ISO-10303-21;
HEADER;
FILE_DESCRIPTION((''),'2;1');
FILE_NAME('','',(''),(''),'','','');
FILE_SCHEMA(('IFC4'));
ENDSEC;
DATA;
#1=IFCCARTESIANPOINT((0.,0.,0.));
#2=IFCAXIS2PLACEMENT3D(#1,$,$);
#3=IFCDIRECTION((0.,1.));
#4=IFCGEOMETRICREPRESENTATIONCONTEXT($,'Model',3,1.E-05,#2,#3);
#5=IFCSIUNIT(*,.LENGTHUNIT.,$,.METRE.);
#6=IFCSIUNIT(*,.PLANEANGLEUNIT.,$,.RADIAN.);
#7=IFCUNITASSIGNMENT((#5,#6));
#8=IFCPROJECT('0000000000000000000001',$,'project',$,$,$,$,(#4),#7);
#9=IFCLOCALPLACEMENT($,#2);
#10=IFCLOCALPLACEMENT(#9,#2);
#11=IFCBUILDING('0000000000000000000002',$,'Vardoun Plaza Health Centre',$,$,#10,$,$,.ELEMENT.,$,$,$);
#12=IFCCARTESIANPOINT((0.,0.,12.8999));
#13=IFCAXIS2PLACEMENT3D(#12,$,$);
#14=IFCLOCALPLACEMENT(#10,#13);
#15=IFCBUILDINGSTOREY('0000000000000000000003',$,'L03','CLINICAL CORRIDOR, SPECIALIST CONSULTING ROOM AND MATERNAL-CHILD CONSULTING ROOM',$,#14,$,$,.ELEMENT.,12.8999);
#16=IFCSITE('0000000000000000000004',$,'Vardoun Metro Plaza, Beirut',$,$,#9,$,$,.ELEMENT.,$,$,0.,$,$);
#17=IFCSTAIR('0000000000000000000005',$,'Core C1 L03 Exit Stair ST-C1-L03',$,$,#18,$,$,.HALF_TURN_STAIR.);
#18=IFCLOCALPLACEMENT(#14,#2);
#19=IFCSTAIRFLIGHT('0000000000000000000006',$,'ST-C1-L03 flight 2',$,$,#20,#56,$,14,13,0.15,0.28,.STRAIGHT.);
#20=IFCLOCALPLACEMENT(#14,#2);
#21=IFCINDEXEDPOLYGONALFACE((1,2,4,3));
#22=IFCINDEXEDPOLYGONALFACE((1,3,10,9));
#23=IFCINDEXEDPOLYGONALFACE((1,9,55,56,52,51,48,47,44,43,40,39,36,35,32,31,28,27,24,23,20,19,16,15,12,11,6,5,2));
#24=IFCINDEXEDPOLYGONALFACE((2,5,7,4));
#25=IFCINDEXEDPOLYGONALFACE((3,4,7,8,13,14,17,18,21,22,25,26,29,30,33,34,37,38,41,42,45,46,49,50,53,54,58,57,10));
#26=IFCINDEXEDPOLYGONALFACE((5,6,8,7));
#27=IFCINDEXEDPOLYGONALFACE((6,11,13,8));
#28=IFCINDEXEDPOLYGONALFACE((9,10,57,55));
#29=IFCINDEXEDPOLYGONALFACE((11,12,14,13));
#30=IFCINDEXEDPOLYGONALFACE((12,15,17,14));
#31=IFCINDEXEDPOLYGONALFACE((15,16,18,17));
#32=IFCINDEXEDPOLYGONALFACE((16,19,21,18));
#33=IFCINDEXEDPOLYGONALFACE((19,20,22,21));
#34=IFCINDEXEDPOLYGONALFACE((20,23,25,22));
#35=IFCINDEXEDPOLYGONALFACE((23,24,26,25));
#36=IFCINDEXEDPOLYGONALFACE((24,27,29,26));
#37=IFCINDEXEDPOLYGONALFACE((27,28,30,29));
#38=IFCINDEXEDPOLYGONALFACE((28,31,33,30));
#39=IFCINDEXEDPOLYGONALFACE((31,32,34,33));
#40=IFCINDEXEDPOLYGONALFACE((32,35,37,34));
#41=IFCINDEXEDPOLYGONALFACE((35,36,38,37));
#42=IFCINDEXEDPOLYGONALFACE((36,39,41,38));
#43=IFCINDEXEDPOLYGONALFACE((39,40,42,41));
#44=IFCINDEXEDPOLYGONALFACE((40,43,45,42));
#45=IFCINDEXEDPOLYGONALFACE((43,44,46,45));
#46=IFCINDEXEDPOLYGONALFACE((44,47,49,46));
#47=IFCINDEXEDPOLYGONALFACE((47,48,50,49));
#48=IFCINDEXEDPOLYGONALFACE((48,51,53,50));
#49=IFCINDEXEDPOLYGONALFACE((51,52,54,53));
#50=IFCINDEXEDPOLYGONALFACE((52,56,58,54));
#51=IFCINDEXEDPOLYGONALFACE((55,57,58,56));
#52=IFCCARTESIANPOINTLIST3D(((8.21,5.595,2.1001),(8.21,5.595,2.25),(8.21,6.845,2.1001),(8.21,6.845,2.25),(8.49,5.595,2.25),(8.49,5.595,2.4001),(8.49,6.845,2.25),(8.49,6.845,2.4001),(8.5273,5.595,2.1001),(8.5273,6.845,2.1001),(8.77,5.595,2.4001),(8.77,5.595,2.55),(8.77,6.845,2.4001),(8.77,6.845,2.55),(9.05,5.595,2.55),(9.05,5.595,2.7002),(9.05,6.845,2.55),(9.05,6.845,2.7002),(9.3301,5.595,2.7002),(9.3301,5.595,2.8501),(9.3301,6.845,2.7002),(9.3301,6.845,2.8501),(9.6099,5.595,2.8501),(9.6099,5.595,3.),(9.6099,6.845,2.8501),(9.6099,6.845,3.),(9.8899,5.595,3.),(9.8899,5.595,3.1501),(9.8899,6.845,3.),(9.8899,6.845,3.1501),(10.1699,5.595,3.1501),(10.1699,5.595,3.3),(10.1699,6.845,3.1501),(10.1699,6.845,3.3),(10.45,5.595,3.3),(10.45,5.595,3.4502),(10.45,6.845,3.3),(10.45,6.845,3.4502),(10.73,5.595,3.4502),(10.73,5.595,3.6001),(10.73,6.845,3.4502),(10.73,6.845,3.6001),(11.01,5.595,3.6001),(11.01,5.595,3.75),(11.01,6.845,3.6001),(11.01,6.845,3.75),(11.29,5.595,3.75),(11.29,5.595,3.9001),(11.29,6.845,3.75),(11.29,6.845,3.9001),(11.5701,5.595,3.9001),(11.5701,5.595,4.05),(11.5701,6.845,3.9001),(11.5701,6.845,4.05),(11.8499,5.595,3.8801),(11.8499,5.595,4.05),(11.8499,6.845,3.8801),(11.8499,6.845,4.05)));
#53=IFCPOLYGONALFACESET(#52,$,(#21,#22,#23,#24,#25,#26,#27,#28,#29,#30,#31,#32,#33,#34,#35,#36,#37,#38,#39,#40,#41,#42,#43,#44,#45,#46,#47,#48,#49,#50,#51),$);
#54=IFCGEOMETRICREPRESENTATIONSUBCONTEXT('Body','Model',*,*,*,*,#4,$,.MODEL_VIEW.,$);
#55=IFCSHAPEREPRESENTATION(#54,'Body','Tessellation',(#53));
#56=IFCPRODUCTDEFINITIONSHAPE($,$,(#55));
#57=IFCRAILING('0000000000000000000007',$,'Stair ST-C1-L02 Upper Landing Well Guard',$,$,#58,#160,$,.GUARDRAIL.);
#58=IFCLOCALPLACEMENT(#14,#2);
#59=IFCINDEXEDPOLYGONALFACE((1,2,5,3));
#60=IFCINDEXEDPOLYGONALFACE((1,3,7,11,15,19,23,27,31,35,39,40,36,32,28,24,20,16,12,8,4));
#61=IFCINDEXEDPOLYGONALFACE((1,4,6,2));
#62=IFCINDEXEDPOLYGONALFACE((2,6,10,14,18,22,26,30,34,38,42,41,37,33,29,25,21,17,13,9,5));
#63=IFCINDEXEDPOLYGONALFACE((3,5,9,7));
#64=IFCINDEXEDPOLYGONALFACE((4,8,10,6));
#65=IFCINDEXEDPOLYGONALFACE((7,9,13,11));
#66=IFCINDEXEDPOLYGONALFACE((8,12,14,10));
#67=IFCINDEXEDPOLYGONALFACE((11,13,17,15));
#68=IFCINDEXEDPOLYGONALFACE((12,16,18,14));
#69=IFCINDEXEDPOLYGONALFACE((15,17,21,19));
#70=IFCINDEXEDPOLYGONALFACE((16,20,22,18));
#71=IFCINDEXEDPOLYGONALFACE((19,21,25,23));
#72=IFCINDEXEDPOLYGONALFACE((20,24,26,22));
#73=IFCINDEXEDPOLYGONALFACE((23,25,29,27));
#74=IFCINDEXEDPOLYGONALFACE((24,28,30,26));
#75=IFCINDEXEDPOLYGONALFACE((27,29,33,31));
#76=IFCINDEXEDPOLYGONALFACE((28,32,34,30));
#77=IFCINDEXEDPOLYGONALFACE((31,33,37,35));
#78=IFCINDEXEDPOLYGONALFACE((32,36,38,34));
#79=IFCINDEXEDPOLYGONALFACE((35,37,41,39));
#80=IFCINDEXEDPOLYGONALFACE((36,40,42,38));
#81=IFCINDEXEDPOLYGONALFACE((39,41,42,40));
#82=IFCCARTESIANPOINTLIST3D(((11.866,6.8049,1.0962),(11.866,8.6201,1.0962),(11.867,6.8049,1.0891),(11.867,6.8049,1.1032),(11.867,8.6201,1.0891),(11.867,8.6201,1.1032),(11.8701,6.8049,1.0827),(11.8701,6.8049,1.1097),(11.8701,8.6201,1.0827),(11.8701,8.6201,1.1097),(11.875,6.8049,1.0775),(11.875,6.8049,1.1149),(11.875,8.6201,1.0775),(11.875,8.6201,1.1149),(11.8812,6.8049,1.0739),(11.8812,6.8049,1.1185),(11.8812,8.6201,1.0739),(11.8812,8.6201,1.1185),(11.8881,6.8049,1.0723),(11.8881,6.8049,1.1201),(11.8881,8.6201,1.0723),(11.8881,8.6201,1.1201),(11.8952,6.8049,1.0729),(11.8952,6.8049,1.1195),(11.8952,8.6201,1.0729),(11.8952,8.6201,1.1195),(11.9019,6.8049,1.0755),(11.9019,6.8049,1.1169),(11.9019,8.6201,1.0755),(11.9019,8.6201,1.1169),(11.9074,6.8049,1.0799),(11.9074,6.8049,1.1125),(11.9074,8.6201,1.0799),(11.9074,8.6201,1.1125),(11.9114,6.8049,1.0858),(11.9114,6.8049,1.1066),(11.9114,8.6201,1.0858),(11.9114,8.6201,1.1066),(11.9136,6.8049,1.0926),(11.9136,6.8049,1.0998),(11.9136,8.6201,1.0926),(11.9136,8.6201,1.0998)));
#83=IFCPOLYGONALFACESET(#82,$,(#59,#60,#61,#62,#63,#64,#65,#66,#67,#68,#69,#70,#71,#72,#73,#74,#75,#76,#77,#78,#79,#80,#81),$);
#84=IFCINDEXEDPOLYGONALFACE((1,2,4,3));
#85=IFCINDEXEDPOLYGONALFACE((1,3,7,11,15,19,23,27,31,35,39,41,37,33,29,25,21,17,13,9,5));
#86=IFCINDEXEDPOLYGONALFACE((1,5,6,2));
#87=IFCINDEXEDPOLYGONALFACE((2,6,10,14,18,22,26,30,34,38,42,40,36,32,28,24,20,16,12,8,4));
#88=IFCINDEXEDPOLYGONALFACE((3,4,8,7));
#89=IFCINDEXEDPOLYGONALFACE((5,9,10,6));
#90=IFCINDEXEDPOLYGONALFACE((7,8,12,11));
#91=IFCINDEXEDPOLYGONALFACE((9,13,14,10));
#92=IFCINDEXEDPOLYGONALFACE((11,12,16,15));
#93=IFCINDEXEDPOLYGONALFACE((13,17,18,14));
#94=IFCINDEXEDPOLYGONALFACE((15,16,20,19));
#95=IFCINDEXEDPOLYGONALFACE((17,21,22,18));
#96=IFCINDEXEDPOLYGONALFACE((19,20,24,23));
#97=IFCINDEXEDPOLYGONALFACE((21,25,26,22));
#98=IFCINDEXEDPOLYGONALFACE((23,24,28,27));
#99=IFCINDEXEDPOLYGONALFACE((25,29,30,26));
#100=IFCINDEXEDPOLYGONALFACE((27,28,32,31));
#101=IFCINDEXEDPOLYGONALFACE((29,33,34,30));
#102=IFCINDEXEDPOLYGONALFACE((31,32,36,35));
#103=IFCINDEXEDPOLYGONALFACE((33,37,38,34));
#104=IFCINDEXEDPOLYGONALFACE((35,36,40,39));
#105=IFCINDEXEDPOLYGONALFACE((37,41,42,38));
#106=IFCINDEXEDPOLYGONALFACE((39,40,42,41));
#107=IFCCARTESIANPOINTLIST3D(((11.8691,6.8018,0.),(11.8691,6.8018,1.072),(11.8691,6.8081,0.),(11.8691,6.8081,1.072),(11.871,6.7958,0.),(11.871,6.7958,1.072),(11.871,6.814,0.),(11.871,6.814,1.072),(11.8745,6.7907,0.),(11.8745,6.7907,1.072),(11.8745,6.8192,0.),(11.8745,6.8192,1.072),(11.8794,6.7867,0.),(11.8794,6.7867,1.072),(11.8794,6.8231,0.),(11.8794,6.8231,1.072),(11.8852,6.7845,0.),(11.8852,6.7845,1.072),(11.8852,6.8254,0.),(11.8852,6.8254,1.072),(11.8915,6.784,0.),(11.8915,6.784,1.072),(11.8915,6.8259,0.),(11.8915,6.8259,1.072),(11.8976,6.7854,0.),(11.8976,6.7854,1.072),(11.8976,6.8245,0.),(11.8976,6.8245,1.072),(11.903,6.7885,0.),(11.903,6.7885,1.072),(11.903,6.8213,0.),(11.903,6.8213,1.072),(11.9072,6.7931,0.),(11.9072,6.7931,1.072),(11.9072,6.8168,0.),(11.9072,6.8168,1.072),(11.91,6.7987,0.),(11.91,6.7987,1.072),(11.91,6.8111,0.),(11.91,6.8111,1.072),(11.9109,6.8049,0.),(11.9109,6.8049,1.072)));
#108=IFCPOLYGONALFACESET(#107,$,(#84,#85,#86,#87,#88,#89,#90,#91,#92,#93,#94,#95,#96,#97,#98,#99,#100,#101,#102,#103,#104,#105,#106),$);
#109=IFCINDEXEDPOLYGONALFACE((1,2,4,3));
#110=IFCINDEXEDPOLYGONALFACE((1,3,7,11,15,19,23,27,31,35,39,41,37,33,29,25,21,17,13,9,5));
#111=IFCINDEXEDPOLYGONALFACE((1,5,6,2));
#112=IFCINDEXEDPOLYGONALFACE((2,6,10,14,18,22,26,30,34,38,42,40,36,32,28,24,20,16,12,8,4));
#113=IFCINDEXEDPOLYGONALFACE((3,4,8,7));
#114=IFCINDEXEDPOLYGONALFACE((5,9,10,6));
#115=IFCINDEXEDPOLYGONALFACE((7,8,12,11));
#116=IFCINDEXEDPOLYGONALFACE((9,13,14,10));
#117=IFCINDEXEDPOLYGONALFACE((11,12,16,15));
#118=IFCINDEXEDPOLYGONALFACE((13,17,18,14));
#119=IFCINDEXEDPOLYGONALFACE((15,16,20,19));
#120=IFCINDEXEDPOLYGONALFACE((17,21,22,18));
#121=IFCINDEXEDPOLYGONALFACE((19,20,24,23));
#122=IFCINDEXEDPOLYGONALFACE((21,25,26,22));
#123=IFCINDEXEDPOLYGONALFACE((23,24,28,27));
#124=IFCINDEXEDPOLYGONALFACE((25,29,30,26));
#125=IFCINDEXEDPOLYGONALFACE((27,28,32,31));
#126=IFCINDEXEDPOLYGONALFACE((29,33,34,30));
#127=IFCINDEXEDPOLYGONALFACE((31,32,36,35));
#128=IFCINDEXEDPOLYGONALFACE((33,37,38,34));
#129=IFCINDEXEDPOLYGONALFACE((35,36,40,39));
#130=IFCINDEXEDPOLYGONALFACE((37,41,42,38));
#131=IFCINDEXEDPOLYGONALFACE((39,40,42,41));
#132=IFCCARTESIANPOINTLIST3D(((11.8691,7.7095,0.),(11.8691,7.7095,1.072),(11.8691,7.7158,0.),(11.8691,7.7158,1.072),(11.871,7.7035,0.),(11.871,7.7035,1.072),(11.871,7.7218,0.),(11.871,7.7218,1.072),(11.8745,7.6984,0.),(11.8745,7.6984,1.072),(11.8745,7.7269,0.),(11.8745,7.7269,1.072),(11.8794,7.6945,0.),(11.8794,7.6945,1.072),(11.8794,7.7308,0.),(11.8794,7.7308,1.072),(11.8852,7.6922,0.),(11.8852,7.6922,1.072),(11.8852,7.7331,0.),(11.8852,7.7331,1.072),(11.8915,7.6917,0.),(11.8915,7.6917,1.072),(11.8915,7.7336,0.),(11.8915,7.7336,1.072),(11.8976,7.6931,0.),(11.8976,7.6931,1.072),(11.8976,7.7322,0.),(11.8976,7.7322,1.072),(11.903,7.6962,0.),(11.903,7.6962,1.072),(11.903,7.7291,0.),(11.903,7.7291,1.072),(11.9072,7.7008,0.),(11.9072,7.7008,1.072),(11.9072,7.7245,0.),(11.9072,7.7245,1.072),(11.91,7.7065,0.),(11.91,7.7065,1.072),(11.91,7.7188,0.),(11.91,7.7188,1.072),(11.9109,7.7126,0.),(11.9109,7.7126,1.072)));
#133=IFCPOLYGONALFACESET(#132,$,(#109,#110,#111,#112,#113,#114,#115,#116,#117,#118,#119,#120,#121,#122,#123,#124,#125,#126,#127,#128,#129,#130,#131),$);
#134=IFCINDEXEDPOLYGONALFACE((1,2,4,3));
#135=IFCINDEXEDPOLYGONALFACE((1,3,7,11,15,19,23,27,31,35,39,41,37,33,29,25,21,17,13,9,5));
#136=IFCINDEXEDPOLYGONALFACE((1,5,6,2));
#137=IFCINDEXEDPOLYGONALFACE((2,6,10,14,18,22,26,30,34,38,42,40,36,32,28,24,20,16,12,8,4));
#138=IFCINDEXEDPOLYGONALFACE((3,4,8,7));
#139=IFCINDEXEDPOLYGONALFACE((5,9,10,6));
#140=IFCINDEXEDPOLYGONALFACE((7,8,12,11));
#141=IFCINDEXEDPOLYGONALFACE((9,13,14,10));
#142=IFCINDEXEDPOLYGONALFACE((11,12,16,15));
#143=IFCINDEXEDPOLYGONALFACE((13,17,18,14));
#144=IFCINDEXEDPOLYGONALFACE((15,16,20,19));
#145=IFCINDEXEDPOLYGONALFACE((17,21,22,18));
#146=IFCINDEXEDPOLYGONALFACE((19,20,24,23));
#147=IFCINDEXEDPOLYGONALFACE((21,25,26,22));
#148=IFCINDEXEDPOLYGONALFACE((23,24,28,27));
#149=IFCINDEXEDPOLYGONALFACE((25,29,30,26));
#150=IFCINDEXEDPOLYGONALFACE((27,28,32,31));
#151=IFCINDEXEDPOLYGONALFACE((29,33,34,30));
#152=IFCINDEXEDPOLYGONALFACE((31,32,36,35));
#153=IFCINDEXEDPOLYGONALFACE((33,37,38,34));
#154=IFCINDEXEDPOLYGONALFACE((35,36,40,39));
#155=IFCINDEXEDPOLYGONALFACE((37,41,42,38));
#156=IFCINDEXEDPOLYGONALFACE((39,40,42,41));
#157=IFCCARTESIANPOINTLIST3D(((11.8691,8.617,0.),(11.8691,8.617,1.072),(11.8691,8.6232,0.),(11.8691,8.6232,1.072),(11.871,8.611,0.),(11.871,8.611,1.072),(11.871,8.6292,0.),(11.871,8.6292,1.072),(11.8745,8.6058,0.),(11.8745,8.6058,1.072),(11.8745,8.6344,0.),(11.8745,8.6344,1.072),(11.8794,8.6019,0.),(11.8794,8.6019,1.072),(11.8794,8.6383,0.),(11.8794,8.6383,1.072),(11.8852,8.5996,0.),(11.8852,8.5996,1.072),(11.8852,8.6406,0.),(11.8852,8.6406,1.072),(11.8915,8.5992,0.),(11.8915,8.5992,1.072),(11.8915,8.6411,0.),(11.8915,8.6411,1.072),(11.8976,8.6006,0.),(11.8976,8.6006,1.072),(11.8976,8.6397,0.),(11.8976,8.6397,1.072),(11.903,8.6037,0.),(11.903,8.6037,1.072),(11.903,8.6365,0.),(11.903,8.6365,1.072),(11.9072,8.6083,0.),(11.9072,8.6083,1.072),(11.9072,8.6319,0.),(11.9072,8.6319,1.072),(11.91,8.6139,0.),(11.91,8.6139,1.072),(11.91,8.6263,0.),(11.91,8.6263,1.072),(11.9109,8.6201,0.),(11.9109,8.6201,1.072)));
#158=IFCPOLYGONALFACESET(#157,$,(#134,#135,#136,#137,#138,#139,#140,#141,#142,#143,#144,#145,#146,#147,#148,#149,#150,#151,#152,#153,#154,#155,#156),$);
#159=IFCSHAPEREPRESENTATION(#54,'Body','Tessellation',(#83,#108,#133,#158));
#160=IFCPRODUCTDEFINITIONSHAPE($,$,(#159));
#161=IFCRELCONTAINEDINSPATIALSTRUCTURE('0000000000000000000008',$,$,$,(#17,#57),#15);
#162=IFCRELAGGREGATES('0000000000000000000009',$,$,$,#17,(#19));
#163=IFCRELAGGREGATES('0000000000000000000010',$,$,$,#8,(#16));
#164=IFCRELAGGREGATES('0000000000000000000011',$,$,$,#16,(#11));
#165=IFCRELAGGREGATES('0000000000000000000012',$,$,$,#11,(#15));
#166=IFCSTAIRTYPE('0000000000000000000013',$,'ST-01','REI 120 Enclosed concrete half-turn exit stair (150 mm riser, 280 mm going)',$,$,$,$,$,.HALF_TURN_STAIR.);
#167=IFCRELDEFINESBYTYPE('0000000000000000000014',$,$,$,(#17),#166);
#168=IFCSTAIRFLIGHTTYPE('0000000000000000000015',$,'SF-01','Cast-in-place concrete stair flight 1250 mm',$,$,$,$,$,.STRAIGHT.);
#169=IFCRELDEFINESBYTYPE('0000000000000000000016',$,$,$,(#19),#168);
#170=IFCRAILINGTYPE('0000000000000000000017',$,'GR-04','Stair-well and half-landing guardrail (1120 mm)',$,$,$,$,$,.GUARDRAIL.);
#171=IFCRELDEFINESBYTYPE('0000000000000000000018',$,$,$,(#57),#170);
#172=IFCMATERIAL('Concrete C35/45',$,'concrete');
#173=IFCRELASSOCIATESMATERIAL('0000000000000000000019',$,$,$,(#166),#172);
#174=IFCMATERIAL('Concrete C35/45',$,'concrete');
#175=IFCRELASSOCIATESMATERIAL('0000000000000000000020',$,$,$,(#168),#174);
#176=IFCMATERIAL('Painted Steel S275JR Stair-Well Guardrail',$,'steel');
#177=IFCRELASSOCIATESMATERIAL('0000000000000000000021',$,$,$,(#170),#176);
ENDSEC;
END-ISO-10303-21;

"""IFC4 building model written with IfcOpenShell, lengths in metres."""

from ifc_helpers import new_model, si_unit, direction, frame, origin, origin_2d, place, context, subcontext, project, spatial, polyline, circle, outline, extrude, material, type_object, element, aggregate, save


model = new_model("IFC4")

# Units and contexts
model_context = context("Model", 3, precision=1e-05, world=origin(), true_north=direction((0.0, 1.0)))
body_context = subcontext(model_context, "Body", "Model", "MODEL_VIEW")
ifc_project = project(units=[si_unit("LENGTHUNIT", "METRE"), si_unit("PLANEANGLEUNIT", "RADIAN")], contexts=[model_context])

# Site, building, storey
site_placement = place(None, origin())
site = spatial("IfcSite", under=ifc_project, at=site_placement, Name="Vardoun Metro Plaza, Beirut", CompositionType="ELEMENT", RefElevation=0.0)
building_placement = place(site_placement, origin())
building = spatial("IfcBuilding", under=site, at=building_placement, Name="Vardoun Plaza Health Centre", CompositionType="ELEMENT")
storey_placement = place(building_placement, frame((0.0, 0.0, 12.8999)))
storey = spatial("IfcBuildingStorey", under=building, at=storey_placement, Name="L03", Description="CLINICAL CORRIDOR, SPECIALIST CONSULTING ROOM AND MATERNAL-CHILD CONSULTING ROOM", CompositionType="ELEMENT", Elevation=12.8999)

# Stair, stair flight
ifc_material_1 = material(Name="Concrete C35/45", Category="concrete")
stair_type = type_object("IfcStairType", Name="ST-01", Description="REI 120 Enclosed concrete half-turn exit stair (150 mm riser, 280 mm going)", PredefinedType="HALF_TURN_STAIR", material=ifc_material_1)
stair_placement = place(storey_placement, origin())
stair = element("IfcStair", 1, at=stair_placement, inside=storey, type_object=stair_type, Name="Core C1 L03 Exit Stair ST-C1-L03", PredefinedType="HALF_TURN_STAIR")
ifc_material_2 = material(Name="Concrete C35/45", Category="concrete")
stair_flight_type = type_object("IfcStairFlightType", Name="SF-01", Description="Cast-in-place concrete stair flight 1250 mm", PredefinedType="STRAIGHT", material=ifc_material_2)
stair_flight_1_placement = place(storey_placement, frame((8.21, 6.22, 2.1001), z_axis=(0.0, 0.0, 1.0), x_axis=(1.0, 0.0, 0.0)))
stair_flight_1 = element("IfcStairFlight", 2, at=stair_flight_1_placement, type_object=stair_flight_type, Name="ST-C1-L03 flight 2", NumberOfRisers=14, NumberOfTreads=13, PredefinedType="STRAIGHT", RiserHeight=0.15, TreadLength=0.28, context=body_context, shape_type="SweptSolid", body=[
    extrude(outline(polyline([(0.0, 0.0), (0.0, 0.1499), (0.28, 0.1499), (0.28, 0.3), (0.5601, 0.3), (0.5601, 0.45), (0.8401, 0.45), (0.8401, 0.6001), (1.1201, 0.6001), (1.1201, 0.75), (1.3999, 0.75), (1.3999, 0.8999), (1.6799, 0.8999), (1.6799, 1.05), (1.96, 1.05), (1.96, 1.2), (2.24, 1.2), (2.24, 1.3501), (2.52, 1.3501), (2.52, 1.5), (2.8, 1.5), (2.8, 1.6499), (3.0801, 1.6499), (3.0801, 1.8), (3.3601, 1.8), (3.3601, 1.95), (3.6399, 1.95), (3.6399, 2.1001), (3.6399, 1.78), (0.3174, 0.0), (0.0, 0.0)])), frame((0.0, 0.625, 0.0), z_axis=(0.0, -1.0, 0.0), x_axis=(1.0, 0.0, 0.0)), (0.0, 0.0, 1.0), 1.25),
])
aggregate(stair, [stair_flight_1])

# Railing
ifc_material_3 = material(Name="Painted Steel S275JR Stair-Well Guardrail", Category="steel")
railing_type_1 = type_object("IfcRailingType", Name="GR-04", Description="Stair-well and half-landing guardrail (1120 mm)", PredefinedType="GUARDRAIL", material=ifc_material_3)
railing_1_placement = place(storey_placement, frame((11.8899, 6.8049, 0.0)))
element("IfcRailing", 3, at=railing_1_placement, inside=storey, type_object=railing_type_1, Name="Stair ST-C1-L02 Upper Landing Well Guard", PredefinedType="GUARDRAIL", context=body_context, shape_type="SweptSolid", body=[
    extrude(circle(Radius=0.0239, at=origin_2d()), frame((0.0, 0.0, 1.0962), z_axis=(0.0, 1.0, 0.0), x_axis=(-1.0, 0.0, 0.0)), (0.0, 0.0, 1.0), 1.8152),
    extrude(circle(Radius=0.021, at=origin_2d()), origin(), (0.0, 0.0, 1.0), 1.072),
    extrude(circle(Radius=0.021, at=origin_2d()), frame((0.0, 0.9077, 0.0)), (0.0, 0.0, 1.0), 1.072),
    extrude(circle(Radius=0.021, at=origin_2d()), frame((0.0, 1.8152, 0.0)), (0.0, 0.0, 1.0), 1.072),
])

save(model, "model.ifc")
